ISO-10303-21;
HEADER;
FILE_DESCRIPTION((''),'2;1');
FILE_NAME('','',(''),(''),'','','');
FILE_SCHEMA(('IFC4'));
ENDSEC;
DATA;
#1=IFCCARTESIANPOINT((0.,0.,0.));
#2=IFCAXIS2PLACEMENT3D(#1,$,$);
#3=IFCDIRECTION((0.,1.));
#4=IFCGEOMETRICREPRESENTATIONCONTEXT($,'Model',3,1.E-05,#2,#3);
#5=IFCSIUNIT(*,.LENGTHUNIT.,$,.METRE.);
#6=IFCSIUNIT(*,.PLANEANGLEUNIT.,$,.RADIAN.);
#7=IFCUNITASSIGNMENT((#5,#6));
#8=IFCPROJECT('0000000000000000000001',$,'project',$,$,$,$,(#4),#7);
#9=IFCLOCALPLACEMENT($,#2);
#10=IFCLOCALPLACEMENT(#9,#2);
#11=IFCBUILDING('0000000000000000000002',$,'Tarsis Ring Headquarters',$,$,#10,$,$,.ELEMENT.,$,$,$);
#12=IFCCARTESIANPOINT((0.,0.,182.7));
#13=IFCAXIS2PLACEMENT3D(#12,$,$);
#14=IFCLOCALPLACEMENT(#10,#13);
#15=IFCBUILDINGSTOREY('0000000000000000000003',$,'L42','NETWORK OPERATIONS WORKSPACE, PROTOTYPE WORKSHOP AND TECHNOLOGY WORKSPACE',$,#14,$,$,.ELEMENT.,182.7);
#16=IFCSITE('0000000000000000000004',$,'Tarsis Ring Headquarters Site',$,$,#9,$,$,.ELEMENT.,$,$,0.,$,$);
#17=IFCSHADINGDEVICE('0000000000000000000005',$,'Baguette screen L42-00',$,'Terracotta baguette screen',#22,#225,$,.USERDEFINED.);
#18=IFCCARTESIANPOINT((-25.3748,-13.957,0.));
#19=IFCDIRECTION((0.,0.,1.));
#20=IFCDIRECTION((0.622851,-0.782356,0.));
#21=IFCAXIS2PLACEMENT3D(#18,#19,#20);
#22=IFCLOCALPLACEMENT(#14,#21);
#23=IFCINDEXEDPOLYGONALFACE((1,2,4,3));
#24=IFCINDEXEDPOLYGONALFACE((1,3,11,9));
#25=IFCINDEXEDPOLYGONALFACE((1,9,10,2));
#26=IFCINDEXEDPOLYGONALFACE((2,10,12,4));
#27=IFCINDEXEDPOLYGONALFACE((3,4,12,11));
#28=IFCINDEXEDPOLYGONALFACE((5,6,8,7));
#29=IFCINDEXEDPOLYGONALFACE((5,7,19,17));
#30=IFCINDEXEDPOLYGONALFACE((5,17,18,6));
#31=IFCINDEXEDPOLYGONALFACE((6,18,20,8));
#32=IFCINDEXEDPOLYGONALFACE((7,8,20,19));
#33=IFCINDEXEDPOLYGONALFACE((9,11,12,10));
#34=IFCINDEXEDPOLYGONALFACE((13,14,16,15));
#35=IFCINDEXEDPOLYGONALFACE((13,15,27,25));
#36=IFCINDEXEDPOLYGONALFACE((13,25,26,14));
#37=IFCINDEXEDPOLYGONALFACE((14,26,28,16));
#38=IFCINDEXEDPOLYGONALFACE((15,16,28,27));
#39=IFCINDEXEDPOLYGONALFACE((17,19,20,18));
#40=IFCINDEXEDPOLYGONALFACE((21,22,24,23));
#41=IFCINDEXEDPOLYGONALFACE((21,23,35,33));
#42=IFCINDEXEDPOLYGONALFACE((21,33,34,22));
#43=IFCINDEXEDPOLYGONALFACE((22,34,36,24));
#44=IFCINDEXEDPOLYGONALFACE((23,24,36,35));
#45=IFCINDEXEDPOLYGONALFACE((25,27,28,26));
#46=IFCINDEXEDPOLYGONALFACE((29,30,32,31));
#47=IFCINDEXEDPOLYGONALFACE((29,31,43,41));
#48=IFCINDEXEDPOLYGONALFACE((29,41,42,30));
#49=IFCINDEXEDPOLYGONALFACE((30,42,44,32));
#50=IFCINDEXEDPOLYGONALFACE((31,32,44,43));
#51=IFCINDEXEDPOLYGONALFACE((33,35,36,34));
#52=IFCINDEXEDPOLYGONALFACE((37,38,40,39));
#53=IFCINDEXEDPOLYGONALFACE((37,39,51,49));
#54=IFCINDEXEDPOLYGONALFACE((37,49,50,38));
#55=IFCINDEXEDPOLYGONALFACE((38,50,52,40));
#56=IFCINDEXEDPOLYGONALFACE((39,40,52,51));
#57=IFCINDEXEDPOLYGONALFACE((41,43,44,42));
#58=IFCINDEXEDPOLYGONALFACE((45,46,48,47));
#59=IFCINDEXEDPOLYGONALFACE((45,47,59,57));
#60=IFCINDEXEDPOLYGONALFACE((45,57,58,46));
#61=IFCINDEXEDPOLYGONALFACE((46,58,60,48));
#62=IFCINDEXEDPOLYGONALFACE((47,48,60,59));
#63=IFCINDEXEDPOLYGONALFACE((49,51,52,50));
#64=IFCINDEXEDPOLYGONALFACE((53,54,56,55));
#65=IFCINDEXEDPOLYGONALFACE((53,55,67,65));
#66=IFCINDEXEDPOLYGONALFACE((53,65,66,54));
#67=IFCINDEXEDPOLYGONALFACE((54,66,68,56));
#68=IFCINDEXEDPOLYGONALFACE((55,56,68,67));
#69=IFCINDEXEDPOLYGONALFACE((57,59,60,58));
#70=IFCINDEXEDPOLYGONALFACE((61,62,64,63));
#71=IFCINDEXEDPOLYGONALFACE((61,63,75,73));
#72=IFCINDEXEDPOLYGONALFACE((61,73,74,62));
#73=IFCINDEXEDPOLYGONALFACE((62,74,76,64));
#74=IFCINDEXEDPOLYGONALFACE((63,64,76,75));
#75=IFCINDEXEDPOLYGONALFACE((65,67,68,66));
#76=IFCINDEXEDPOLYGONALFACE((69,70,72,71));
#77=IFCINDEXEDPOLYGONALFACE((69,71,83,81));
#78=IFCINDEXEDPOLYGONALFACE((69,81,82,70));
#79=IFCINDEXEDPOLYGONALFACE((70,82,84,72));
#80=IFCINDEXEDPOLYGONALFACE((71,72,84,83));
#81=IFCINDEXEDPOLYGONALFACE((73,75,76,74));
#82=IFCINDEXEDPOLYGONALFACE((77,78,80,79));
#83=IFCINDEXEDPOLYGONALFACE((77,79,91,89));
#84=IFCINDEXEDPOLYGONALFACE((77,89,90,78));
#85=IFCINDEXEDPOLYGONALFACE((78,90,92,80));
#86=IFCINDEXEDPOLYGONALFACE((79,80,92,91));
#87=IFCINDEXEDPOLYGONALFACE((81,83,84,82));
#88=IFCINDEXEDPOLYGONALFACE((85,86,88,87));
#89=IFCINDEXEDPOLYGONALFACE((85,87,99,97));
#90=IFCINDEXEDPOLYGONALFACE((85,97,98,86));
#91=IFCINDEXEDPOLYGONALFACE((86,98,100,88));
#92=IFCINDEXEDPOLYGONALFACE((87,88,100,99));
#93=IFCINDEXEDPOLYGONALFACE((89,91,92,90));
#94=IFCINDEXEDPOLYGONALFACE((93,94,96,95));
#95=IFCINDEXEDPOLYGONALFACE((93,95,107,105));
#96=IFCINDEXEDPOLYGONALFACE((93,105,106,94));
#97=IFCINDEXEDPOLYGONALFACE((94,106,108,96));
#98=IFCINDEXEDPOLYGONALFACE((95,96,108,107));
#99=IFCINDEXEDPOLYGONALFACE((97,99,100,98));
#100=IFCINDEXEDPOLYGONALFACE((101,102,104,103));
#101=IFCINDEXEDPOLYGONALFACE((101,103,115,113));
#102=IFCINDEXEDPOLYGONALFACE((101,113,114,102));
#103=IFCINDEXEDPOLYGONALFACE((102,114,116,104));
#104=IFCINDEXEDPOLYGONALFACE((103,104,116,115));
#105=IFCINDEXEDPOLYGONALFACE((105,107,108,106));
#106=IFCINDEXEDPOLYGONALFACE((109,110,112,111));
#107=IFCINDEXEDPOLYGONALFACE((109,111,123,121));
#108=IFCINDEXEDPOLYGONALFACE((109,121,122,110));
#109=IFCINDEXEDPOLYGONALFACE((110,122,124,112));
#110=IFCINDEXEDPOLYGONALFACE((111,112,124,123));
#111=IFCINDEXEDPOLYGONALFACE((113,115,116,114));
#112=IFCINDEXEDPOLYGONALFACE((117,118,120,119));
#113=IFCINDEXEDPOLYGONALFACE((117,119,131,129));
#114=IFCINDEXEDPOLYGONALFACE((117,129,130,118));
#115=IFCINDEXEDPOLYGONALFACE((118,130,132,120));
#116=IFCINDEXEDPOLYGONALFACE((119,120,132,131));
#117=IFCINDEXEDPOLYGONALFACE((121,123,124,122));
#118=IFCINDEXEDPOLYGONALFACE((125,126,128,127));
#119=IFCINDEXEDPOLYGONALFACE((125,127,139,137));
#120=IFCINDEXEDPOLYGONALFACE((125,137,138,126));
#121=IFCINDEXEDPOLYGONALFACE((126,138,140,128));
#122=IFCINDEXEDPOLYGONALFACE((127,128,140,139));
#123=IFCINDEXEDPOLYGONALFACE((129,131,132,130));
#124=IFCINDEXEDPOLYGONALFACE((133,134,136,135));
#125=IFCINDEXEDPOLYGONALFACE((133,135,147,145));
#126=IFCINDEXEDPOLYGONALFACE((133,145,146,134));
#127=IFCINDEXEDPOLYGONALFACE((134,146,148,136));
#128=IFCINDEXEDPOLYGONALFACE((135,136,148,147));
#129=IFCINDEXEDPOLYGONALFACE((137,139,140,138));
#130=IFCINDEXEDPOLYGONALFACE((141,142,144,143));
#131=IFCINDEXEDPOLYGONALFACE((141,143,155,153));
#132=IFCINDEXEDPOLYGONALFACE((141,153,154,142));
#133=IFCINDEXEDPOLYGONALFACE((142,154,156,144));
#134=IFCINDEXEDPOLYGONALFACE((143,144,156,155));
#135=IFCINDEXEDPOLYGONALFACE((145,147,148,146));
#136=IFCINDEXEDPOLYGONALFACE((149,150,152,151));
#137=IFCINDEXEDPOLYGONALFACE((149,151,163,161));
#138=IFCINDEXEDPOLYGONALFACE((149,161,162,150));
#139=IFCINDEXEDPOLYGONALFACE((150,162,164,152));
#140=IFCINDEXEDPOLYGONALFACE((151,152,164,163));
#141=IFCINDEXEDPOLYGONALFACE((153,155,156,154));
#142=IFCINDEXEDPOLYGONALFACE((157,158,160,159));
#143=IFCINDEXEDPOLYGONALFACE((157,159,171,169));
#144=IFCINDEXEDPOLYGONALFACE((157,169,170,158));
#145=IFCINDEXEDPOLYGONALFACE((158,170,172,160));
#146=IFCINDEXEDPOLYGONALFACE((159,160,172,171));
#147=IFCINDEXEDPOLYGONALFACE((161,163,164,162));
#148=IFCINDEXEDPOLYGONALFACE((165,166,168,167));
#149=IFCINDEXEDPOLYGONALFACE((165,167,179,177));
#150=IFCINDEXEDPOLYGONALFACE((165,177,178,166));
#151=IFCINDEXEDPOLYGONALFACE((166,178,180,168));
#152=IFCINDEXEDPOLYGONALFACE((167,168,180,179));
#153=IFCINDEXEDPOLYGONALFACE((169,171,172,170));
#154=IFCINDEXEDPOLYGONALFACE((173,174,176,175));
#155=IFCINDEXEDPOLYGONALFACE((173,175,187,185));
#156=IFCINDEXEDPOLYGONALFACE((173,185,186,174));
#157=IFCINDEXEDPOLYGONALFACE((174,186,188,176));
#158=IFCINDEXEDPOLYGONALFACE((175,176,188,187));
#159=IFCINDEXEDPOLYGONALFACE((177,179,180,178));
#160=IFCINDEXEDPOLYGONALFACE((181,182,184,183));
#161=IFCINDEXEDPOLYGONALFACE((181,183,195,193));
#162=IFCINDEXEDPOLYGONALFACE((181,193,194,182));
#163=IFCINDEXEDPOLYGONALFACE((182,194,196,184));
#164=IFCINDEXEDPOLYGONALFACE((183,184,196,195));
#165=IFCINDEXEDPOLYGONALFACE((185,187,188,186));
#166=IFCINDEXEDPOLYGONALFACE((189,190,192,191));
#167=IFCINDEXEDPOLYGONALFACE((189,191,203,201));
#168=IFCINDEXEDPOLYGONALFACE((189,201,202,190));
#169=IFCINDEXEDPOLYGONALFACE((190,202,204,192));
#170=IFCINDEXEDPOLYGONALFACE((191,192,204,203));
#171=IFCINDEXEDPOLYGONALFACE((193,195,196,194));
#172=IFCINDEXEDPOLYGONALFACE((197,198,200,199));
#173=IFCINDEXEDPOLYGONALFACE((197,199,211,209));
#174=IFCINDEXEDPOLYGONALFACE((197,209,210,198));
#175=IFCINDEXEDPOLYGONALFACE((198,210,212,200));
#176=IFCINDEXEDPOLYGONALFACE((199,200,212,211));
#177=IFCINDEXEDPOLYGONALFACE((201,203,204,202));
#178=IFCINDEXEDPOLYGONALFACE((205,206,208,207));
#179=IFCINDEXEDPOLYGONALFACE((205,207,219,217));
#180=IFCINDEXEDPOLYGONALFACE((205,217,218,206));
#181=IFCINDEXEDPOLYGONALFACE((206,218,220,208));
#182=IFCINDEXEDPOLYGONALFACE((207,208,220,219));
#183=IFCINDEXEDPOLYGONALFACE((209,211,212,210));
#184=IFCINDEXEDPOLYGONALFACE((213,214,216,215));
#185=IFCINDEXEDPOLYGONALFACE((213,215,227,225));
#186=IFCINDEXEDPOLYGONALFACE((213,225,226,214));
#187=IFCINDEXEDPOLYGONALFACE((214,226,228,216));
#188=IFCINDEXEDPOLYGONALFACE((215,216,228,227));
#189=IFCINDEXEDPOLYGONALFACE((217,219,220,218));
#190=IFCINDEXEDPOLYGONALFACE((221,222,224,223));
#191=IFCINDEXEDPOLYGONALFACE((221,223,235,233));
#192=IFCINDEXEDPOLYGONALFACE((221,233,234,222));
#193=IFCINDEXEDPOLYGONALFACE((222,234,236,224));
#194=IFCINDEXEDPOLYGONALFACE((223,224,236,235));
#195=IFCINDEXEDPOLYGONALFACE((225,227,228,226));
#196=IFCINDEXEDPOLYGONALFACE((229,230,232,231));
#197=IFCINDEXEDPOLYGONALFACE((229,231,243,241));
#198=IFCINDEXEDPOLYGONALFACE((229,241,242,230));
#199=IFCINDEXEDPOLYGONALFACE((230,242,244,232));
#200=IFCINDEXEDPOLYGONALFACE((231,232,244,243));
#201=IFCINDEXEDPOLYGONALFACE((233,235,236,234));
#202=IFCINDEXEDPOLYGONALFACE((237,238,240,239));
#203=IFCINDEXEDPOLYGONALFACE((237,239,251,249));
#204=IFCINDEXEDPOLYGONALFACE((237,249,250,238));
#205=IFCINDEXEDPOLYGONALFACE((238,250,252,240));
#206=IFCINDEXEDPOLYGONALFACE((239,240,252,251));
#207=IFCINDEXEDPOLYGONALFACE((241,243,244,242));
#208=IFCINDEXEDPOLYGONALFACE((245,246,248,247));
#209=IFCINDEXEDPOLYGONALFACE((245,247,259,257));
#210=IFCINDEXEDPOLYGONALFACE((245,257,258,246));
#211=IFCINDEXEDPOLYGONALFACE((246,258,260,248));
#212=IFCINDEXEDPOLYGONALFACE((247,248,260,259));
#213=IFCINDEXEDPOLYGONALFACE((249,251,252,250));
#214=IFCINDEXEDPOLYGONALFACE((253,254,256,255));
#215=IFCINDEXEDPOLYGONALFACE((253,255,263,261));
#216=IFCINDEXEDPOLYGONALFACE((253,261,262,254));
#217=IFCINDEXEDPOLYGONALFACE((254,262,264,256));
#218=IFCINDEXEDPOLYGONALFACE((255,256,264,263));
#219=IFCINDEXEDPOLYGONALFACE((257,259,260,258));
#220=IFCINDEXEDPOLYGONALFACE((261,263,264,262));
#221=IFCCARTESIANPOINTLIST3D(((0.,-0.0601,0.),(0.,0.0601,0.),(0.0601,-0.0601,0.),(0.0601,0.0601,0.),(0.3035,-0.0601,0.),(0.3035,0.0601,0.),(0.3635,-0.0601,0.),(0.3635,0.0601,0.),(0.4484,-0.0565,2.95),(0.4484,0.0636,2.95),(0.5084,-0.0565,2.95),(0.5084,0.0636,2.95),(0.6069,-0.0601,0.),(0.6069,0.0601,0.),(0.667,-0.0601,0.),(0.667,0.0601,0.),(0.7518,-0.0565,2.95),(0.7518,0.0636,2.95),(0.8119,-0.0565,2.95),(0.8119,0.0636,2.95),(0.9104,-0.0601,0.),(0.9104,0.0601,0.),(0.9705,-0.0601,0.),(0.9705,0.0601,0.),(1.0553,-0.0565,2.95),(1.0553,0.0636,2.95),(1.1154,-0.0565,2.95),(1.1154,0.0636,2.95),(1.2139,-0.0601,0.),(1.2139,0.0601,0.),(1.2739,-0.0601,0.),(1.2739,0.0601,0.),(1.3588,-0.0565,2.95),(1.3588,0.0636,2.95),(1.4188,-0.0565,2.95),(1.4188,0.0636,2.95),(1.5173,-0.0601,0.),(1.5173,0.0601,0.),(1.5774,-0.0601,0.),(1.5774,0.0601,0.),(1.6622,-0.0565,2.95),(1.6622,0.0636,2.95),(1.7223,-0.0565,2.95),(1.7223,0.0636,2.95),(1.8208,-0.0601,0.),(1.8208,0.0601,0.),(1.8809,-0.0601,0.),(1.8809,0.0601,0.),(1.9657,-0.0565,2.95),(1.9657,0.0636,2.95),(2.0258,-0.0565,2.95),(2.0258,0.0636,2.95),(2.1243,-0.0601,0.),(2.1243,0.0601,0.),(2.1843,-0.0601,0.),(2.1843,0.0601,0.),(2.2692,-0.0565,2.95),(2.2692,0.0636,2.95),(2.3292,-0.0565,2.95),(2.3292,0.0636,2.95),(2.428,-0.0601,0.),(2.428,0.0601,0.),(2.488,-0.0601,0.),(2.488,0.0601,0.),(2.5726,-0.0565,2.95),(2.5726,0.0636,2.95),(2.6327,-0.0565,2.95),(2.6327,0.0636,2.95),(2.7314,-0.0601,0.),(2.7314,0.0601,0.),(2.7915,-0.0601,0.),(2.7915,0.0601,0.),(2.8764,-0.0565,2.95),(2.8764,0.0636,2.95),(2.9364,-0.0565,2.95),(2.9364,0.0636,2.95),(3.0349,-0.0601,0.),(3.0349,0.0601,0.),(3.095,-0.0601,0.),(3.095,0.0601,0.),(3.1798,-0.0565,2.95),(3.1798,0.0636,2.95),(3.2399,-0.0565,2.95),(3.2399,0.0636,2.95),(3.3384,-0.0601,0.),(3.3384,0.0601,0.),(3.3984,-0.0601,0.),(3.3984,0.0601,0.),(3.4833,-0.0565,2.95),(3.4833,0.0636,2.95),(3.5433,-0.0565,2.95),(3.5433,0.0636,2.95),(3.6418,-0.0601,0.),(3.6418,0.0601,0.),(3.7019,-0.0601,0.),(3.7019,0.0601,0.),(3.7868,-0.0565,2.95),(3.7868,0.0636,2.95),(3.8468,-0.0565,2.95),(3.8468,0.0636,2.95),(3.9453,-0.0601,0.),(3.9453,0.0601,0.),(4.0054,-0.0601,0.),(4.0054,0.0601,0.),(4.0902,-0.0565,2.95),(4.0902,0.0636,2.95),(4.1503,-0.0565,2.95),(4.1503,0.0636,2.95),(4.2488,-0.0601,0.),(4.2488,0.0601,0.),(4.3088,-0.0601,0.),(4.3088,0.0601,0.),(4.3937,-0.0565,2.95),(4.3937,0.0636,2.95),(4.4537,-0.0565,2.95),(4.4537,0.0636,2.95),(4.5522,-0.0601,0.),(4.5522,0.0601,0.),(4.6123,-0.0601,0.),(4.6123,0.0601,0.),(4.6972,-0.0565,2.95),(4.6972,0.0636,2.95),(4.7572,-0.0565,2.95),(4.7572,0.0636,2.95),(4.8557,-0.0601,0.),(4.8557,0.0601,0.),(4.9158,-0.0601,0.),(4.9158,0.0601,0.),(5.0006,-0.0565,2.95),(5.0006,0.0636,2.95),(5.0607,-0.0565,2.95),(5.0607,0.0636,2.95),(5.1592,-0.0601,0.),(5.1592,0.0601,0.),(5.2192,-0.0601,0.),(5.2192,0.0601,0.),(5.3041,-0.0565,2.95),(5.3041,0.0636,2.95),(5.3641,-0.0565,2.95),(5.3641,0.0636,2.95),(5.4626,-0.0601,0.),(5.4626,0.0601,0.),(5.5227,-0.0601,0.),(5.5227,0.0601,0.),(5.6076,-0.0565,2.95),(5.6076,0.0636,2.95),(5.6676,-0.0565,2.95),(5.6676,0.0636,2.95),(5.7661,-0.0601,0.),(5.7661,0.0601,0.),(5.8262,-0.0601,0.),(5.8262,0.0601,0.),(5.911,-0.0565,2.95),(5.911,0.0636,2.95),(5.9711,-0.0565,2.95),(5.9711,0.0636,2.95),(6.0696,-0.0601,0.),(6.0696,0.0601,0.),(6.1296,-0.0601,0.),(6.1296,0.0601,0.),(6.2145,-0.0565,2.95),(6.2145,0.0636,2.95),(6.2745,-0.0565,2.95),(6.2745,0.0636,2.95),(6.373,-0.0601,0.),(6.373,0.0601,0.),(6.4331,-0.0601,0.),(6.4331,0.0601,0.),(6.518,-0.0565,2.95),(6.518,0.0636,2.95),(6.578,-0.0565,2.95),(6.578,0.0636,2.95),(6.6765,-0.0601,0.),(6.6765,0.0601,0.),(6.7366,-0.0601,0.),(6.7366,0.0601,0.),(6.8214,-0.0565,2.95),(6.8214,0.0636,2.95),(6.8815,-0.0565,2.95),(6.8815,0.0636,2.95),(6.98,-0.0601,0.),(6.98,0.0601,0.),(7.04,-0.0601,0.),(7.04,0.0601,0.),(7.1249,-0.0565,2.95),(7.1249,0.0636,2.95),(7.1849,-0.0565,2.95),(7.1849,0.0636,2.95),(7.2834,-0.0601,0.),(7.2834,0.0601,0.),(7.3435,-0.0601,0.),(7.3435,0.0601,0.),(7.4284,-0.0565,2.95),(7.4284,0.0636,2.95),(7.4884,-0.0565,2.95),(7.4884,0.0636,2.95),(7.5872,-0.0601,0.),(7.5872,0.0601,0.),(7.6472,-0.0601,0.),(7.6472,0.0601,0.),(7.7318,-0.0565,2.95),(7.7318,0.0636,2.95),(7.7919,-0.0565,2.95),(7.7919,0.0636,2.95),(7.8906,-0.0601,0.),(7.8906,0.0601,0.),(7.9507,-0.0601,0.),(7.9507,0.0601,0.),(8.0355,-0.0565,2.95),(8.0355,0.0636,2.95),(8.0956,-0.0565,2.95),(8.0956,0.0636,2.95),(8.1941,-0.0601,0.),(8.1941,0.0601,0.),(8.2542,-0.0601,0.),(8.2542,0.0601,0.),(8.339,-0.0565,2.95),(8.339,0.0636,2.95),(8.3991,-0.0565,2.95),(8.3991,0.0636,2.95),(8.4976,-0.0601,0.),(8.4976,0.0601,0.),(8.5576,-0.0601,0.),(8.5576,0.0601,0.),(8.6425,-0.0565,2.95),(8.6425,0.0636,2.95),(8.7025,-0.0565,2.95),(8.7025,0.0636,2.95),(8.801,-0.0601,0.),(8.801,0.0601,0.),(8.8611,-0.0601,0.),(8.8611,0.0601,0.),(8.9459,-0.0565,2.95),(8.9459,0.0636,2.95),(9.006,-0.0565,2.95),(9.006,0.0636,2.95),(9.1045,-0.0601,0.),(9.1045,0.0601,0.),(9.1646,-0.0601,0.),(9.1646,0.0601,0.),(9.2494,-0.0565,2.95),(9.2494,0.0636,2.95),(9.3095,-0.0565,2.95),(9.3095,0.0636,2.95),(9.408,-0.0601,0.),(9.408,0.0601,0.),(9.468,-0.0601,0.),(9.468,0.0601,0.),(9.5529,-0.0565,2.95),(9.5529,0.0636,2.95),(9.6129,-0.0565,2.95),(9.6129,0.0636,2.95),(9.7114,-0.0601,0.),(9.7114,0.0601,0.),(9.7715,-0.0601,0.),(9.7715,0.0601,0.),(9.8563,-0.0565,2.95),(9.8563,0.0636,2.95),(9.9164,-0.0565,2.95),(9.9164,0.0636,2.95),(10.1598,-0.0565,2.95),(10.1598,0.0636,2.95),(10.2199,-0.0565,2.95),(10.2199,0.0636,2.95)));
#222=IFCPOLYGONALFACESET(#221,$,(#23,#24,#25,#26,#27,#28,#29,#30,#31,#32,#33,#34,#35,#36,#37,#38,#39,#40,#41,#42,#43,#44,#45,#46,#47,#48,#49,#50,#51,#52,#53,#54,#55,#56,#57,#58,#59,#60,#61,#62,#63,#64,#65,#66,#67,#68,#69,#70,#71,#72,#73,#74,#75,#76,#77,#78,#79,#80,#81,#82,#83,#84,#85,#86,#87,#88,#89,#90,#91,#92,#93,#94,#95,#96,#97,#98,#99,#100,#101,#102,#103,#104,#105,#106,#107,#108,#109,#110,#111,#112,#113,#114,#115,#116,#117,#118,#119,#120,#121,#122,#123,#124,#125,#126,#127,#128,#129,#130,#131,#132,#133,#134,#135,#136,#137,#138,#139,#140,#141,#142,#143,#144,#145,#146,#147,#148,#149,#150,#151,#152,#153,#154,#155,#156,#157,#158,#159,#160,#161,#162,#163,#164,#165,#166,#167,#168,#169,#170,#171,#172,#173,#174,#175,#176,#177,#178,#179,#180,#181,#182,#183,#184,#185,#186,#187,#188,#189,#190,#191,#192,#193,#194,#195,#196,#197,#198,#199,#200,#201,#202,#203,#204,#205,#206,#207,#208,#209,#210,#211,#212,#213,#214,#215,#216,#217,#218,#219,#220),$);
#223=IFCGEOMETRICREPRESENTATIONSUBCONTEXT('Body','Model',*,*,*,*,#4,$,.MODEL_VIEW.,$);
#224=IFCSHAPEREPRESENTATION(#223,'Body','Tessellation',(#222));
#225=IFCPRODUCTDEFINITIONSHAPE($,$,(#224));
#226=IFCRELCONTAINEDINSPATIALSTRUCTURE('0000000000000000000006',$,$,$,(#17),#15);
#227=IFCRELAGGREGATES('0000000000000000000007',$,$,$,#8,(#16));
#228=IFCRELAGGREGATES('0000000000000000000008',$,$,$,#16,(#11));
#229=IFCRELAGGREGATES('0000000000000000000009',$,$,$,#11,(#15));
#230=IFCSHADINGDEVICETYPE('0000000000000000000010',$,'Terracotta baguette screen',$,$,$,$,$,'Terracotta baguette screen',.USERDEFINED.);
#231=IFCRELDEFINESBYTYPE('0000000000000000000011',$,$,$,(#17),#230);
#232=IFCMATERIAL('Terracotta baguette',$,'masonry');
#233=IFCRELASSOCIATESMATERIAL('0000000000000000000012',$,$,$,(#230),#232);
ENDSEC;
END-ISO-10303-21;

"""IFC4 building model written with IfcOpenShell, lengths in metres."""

from ifc_helpers import new_model, si_unit, direction, frame, frame_2d, origin, place, context, subcontext, project, spatial, rectangle, composite_profile, extrude, material, type_object, element, save


model = new_model("IFC4")

# Units and contexts
model_context = context("Model", 3, precision=1e-05, world=origin(), true_north=direction((0.0, 1.0)))
body_context = subcontext(model_context, "Body", "Model", "MODEL_VIEW")
ifc_project = project(units=[si_unit("LENGTHUNIT", "METRE"), si_unit("PLANEANGLEUNIT", "RADIAN")], contexts=[model_context])

# Site, building, storey
site_placement = place(None, origin())
site = spatial("IfcSite", under=ifc_project, at=site_placement, Name="Tarsis Ring Headquarters Site", CompositionType="ELEMENT", RefElevation=0.0)
building_placement = place(site_placement, origin())
building = spatial("IfcBuilding", under=site, at=building_placement, Name="Tarsis Ring Headquarters", CompositionType="ELEMENT")
storey_placement = place(building_placement, frame((0.0, 0.0, 182.7)))
storey = spatial("IfcBuildingStorey", under=building, at=storey_placement, Name="L42", Description="NETWORK OPERATIONS WORKSPACE, PROTOTYPE WORKSHOP AND TECHNOLOGY WORKSPACE", CompositionType="ELEMENT", Elevation=182.7)

# Shading device
ifc_material_1 = material(Name="Terracotta baguette", Category="masonry")
shading_device_type = type_object("IfcShadingDeviceType", Name="Terracotta baguette screen", ElementType="Terracotta baguette screen", PredefinedType="USERDEFINED", material=ifc_material_1)
shading_device_1_placement = place(storey_placement, frame((-25.3748, -13.957, 0.0), z_axis=(0.0, 0.0, 1.0), x_axis=(0.622851, -0.782356, 0.0)))
element("IfcShadingDevice", 1, at=shading_device_1_placement, inside=storey, type_object=shading_device_type, Name="Baguette screen L42-00", ObjectType="Terracotta baguette screen", PredefinedType="USERDEFINED", context=body_context, shape_type="SweptSolid", body=[
    extrude(composite_profile([rectangle(XDim=0.0601, YDim=0.1201, at=frame_2d((0.03, 0.0))), rectangle(XDim=0.0601, YDim=0.1201, at=frame_2d((0.3335, 0.0))), rectangle(XDim=0.0601, YDim=0.1201, at=frame_2d((0.637, 0.0))), rectangle(XDim=0.0601, YDim=0.1201, at=frame_2d((0.9404, 0.0))), rectangle(XDim=0.0601, YDim=0.1201, at=frame_2d((1.2439, 0.0))), rectangle(XDim=0.0601, YDim=0.1201, at=frame_2d((1.5474, 0.0))), rectangle(XDim=0.0601, YDim=0.1201, at=frame_2d((1.8508, 0.0))), rectangle(XDim=0.0601, YDim=0.1201, at=frame_2d((2.1543, 0.0))), rectangle(XDim=0.0601, YDim=0.1201, at=frame_2d((2.458, 0.0))), rectangle(XDim=0.0601, YDim=0.1201, at=frame_2d((2.7615, 0.0))), rectangle(XDim=0.0601, YDim=0.1201, at=frame_2d((3.0649, 0.0))), rectangle(XDim=0.0601, YDim=0.1201, at=frame_2d((3.3684, 0.0))), rectangle(XDim=0.0601, YDim=0.1201, at=frame_2d((3.6719, 0.0))), rectangle(XDim=0.0601, YDim=0.1201, at=frame_2d((3.9753, 0.0))), rectangle(XDim=0.0601, YDim=0.1201, at=frame_2d((4.2788, 0.0))), rectangle(XDim=0.0601, YDim=0.1201, at=frame_2d((4.5823, 0.0))), rectangle(XDim=0.0601, YDim=0.1201, at=frame_2d((4.8857, 0.0))), rectangle(XDim=0.0601, YDim=0.1201, at=frame_2d((5.1892, 0.0))), rectangle(XDim=0.0601, YDim=0.1201, at=frame_2d((5.4927, 0.0))), rectangle(XDim=0.0601, YDim=0.1201, at=frame_2d((5.7961, 0.0))), rectangle(XDim=0.0601, YDim=0.1201, at=frame_2d((6.0996, 0.0))), rectangle(XDim=0.0601, YDim=0.1201, at=frame_2d((6.4031, 0.0))), rectangle(XDim=0.0601, YDim=0.1201, at=frame_2d((6.7065, 0.0))), rectangle(XDim=0.0601, YDim=0.1201, at=frame_2d((7.01, 0.0))), rectangle(XDim=0.0601, YDim=0.1201, at=frame_2d((7.3135, 0.0))), rectangle(XDim=0.0601, YDim=0.1201, at=frame_2d((7.6172, 0.0))), rectangle(XDim=0.0601, YDim=0.1201, at=frame_2d((7.9207, 0.0))), rectangle(XDim=0.0601, YDim=0.1201, at=frame_2d((8.2241, 0.0))), rectangle(XDim=0.0601, YDim=0.1201, at=frame_2d((8.5276, 0.0))), rectangle(XDim=0.0601, YDim=0.1201, at=frame_2d((8.8311, 0.0))), rectangle(XDim=0.0601, YDim=0.1201, at=frame_2d((9.1345, 0.0))), rectangle(XDim=0.0601, YDim=0.1201, at=frame_2d((9.438, 0.0))), rectangle(XDim=0.0601, YDim=0.1201, at=frame_2d((9.7415, 0.0)))]), origin(), (0.150266, 0.001183, 0.988645), 2.9839),
])

save(model, "model.ifc")
